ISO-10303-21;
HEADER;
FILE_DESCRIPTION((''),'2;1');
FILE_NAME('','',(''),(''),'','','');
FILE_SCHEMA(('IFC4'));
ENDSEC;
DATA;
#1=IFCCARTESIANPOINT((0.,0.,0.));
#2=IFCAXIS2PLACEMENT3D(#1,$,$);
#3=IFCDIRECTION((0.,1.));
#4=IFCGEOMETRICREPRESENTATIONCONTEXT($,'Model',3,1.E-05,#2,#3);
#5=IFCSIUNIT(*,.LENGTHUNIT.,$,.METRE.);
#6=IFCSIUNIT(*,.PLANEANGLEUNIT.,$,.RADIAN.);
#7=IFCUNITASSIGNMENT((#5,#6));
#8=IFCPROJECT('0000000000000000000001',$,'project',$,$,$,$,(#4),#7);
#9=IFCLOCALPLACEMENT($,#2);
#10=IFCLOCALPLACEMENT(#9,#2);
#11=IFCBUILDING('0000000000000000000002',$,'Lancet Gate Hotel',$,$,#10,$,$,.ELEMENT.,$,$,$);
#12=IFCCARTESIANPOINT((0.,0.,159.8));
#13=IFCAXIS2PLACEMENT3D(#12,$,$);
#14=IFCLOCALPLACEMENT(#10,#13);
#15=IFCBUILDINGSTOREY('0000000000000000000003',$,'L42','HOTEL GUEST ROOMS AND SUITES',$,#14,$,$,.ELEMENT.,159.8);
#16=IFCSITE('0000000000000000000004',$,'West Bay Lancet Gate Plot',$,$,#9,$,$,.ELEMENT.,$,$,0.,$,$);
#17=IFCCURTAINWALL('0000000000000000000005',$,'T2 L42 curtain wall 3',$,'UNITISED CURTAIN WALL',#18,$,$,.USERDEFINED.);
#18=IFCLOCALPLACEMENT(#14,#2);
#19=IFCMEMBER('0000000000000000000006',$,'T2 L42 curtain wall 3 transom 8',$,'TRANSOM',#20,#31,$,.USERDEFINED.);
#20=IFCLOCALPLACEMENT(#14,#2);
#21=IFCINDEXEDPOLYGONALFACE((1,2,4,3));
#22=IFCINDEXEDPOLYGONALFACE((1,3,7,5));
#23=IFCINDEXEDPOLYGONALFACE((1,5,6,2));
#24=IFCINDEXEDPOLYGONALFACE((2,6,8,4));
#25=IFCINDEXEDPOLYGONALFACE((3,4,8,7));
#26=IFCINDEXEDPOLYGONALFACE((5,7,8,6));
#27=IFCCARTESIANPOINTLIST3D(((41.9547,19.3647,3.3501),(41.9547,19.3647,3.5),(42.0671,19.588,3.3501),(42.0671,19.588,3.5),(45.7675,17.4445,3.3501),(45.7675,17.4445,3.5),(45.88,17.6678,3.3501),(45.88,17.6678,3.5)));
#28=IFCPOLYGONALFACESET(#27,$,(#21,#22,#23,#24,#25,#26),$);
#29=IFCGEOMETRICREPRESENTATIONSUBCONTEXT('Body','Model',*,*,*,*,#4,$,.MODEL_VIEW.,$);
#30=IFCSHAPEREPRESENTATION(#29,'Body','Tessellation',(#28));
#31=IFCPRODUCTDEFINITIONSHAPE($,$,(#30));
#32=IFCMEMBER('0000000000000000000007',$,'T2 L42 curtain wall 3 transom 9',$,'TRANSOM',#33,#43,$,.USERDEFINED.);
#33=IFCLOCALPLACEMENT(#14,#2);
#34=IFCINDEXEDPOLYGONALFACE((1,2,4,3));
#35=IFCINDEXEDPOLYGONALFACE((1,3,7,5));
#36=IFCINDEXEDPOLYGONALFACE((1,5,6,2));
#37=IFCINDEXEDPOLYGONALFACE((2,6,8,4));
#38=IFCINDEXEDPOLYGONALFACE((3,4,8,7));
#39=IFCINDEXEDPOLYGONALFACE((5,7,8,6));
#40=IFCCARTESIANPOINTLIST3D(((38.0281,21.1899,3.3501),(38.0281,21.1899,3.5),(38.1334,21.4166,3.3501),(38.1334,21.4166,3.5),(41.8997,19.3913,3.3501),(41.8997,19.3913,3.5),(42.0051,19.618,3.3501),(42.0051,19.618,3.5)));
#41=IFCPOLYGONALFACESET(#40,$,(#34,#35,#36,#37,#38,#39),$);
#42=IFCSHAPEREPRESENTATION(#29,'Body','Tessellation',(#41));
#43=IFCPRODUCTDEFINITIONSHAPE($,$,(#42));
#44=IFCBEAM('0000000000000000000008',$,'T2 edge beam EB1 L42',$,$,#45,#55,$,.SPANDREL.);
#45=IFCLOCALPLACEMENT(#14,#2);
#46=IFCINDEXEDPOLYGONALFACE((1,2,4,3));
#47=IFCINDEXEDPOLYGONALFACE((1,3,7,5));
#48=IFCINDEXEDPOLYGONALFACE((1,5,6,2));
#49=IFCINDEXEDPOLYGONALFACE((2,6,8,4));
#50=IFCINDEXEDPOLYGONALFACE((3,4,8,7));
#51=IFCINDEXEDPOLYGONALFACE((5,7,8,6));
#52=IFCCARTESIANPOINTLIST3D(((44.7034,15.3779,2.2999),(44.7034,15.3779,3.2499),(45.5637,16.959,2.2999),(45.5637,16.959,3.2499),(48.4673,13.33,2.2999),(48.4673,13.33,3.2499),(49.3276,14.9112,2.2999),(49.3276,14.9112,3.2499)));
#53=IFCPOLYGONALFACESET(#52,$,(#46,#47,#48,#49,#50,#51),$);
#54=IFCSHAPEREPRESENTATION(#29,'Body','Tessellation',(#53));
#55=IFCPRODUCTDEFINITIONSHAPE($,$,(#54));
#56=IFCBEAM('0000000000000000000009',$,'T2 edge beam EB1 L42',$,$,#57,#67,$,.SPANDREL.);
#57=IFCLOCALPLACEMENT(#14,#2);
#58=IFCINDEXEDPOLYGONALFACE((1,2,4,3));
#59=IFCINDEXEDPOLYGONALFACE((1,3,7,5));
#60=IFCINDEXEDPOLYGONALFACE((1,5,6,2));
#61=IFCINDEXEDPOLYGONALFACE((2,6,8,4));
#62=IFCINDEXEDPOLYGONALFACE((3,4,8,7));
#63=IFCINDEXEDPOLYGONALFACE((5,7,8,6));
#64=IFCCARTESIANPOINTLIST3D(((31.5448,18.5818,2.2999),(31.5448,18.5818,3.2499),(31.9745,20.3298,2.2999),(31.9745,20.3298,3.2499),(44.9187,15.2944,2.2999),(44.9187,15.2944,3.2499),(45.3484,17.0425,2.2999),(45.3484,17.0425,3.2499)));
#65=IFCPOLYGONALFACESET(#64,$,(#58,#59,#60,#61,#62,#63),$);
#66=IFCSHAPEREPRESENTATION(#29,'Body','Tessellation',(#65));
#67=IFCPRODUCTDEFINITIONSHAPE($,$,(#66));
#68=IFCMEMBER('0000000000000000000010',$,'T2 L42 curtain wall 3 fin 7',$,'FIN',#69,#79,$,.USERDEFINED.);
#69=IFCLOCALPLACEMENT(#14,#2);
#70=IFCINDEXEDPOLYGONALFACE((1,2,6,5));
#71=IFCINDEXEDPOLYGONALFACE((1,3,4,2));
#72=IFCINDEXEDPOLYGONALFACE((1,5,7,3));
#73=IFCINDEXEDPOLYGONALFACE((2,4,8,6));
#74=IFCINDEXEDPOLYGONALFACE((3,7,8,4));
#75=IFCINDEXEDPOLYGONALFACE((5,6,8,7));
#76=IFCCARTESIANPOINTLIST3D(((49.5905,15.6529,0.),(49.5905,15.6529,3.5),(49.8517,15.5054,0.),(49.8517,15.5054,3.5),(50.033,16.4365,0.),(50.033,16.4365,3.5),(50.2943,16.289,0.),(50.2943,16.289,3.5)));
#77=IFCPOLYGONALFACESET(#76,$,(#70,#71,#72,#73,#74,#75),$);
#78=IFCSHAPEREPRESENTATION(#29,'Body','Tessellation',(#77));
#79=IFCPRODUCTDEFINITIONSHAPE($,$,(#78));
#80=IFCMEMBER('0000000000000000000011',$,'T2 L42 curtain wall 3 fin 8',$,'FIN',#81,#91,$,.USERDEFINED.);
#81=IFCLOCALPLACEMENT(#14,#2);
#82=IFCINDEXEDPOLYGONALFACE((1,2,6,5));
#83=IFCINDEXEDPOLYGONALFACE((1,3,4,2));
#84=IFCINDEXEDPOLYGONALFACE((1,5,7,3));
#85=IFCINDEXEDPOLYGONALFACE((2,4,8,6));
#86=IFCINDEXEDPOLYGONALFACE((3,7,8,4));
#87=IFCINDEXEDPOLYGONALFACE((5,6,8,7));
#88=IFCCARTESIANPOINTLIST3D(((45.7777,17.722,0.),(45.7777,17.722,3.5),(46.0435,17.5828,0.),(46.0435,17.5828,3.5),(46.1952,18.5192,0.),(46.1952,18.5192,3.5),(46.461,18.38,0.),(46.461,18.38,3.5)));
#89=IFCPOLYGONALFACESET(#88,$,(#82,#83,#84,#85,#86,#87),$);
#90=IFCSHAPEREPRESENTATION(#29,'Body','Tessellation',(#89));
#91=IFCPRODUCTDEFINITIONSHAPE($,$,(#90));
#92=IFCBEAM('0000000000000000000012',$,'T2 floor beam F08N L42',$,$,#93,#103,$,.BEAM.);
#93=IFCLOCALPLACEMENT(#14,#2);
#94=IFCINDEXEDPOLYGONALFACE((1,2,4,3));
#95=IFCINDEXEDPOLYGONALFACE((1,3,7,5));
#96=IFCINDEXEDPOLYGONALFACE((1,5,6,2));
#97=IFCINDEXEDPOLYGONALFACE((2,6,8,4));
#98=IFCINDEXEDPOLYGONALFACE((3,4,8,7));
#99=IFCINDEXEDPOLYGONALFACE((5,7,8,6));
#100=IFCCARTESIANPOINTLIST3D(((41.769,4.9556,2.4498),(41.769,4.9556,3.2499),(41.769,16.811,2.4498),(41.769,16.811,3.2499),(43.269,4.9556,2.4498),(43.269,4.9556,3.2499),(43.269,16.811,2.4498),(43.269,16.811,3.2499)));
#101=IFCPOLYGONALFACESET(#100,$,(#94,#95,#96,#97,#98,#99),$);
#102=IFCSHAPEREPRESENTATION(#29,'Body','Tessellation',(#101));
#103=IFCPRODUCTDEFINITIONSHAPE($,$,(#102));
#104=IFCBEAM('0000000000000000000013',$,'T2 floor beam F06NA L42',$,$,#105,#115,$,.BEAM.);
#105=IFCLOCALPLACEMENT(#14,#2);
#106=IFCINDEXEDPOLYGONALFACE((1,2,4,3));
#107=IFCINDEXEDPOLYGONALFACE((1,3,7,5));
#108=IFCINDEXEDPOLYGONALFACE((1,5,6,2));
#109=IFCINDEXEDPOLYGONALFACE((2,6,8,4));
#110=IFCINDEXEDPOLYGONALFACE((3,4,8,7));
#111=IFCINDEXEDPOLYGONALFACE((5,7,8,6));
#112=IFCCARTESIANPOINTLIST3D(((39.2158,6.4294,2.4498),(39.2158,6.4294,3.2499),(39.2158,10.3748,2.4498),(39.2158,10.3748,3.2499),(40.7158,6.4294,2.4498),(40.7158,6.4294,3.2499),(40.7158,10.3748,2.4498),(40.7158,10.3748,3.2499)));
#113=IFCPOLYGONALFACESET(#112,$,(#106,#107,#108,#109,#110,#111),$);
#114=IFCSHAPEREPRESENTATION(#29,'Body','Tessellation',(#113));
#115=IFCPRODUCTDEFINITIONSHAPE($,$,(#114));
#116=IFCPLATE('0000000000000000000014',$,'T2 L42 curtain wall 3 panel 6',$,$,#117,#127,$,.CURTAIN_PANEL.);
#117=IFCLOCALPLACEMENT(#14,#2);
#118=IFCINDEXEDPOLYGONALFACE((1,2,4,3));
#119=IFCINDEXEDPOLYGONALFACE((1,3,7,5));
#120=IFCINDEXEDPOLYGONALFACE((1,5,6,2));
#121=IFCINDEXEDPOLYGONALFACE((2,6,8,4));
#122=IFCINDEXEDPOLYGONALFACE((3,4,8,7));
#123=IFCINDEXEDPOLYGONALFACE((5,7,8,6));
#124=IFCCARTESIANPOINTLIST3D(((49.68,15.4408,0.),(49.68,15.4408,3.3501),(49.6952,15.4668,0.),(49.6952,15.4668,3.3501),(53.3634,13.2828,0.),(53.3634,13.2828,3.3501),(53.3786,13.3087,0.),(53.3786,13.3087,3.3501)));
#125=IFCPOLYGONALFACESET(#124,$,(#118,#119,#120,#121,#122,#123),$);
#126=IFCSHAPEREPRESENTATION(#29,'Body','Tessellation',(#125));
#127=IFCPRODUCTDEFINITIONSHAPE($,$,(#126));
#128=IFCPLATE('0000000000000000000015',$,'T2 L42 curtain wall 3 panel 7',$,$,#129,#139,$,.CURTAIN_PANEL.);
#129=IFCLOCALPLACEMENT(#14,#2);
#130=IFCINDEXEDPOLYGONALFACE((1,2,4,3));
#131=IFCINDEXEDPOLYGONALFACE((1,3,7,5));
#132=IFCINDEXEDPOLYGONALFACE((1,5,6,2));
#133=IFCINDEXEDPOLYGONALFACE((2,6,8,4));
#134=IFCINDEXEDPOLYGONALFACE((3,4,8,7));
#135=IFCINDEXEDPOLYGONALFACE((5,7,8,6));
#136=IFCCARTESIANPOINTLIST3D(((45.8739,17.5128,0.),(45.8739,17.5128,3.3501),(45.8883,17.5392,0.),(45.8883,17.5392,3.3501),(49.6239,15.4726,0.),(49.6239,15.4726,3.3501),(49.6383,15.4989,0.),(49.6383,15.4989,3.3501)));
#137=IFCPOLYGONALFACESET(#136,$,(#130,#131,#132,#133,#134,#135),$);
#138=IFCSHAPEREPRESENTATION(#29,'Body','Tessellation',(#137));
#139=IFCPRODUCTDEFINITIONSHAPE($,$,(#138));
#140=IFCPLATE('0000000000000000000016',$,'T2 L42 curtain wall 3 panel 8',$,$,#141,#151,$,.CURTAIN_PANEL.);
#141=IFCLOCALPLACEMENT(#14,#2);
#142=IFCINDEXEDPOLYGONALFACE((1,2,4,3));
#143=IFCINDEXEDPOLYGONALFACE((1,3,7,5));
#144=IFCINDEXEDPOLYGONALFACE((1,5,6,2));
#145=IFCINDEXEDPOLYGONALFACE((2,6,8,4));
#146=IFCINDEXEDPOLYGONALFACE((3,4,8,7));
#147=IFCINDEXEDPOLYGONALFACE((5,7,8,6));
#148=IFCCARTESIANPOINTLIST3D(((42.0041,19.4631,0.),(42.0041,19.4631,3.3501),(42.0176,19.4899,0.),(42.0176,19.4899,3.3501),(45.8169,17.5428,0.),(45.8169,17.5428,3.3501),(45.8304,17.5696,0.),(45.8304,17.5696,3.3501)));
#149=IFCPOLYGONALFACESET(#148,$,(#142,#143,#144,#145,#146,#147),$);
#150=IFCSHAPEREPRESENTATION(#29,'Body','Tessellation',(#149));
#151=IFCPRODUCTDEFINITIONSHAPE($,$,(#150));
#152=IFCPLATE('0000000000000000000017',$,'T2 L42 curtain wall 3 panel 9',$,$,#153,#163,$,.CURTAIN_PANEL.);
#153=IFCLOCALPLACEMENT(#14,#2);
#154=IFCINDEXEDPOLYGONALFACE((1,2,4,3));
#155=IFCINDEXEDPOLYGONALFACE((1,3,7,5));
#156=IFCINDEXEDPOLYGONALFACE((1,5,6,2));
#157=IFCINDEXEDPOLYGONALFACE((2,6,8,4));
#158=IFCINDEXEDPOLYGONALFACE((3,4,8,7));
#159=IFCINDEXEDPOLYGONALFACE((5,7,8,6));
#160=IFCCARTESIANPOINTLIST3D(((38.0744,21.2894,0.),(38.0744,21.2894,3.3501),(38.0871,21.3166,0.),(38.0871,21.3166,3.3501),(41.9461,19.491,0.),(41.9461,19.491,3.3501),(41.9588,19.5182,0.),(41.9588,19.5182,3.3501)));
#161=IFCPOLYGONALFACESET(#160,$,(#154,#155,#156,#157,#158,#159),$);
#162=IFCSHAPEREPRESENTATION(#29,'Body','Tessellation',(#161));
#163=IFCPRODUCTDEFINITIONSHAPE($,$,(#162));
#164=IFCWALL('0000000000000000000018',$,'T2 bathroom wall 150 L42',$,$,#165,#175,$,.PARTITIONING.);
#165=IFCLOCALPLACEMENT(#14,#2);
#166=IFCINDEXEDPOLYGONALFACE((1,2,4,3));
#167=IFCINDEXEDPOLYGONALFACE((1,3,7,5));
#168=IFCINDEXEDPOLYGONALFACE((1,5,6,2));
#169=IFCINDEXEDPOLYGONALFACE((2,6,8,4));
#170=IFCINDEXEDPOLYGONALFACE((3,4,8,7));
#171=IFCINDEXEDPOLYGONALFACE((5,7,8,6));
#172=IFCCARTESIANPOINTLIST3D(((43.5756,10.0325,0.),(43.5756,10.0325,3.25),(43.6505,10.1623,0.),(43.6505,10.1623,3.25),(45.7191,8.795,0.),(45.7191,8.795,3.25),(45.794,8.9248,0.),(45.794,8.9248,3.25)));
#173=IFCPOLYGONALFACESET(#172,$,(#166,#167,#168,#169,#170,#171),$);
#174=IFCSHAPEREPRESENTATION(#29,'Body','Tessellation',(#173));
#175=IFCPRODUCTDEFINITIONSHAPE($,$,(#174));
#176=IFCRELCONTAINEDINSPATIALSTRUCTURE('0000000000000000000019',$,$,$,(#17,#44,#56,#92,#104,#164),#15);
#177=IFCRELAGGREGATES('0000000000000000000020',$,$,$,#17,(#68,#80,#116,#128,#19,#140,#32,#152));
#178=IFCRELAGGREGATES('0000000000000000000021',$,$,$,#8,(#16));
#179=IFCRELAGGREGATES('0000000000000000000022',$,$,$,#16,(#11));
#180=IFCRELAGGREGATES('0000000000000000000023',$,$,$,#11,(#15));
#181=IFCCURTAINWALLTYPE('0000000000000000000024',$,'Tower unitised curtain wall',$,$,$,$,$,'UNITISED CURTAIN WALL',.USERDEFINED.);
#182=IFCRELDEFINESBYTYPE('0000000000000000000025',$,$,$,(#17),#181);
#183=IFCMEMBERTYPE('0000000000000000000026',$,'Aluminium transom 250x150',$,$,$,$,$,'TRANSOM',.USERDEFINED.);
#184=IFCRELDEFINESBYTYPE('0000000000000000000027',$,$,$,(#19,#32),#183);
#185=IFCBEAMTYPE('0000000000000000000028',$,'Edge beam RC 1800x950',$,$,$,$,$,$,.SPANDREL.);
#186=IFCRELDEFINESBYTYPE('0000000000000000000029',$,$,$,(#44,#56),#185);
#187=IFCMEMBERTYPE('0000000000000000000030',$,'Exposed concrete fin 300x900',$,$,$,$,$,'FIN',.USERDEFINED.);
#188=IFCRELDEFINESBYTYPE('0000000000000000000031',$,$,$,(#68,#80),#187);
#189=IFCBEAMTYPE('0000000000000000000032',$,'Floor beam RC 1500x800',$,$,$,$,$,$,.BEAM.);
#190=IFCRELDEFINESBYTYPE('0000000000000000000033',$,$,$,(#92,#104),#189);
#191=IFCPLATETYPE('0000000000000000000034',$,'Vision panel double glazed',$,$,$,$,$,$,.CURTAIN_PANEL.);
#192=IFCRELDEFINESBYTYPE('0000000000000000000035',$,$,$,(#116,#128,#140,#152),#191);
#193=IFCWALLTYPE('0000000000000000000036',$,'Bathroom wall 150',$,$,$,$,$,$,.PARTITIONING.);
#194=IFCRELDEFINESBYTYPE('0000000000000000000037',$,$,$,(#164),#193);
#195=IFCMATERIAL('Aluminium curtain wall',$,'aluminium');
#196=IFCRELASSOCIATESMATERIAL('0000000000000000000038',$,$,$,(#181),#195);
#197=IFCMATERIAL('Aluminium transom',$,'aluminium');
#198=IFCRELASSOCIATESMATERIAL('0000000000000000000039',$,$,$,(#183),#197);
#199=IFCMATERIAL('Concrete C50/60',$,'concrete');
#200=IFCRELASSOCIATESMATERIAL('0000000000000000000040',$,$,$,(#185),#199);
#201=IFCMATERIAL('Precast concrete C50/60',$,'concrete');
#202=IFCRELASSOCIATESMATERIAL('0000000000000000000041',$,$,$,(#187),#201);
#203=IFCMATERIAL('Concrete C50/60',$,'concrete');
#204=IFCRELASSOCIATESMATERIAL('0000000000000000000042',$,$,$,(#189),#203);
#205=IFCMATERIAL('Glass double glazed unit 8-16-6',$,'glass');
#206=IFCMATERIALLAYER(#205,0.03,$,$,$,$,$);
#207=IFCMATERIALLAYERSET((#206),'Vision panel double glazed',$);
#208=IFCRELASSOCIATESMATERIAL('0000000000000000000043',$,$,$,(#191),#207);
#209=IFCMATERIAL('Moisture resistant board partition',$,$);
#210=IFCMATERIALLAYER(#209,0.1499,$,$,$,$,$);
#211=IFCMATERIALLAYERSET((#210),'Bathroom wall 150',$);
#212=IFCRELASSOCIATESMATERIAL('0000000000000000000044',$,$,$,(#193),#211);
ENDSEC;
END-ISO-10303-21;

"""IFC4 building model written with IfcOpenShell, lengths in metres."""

from ifc_helpers import new_model, si_unit, direction, frame, frame_2d, origin, origin_2d, place, context, subcontext, project, spatial, rectangle, extrude, material, layer, layer_set, material_profile, profile_set, type_object, element, aggregate, save


model = new_model("IFC4")

# Units and contexts
model_context = context("Model", 3, precision=1e-05, world=origin(), true_north=direction((0.0, 1.0)))
body_context = subcontext(model_context, "Body", "Model", "MODEL_VIEW")
ifc_project = project(units=[si_unit("LENGTHUNIT", "METRE"), si_unit("PLANEANGLEUNIT", "RADIAN")], contexts=[model_context])

# Site, building, storey
site_placement = place(None, origin())
site = spatial("IfcSite", under=ifc_project, at=site_placement, Name="West Bay Lancet Gate Plot", CompositionType="ELEMENT", RefElevation=0.0)
building_placement = place(site_placement, origin())
building = spatial("IfcBuilding", under=site, at=building_placement, Name="Lancet Gate Hotel", CompositionType="ELEMENT")
storey_placement = place(building_placement, frame((0.0, 0.0, 159.8)))
storey = spatial("IfcBuildingStorey", under=building, at=storey_placement, Name="L42", Description="HOTEL GUEST ROOMS AND SUITES", CompositionType="ELEMENT", Elevation=159.8)

# Curtain wall, members
ifc_material_1 = material(Name="Aluminium curtain wall", Category="aluminium")
curtain_wall_type = type_object("IfcCurtainWallType", Name="Tower unitised curtain wall", ElementType="UNITISED CURTAIN WALL", PredefinedType="USERDEFINED", material=ifc_material_1)
curtain_wall_placement = place(storey_placement, origin())
curtain_wall = element("IfcCurtainWall", 1, at=curtain_wall_placement, inside=storey, type_object=curtain_wall_type, Name="T2 L42 curtain wall 3", ObjectType="UNITISED CURTAIN WALL", PredefinedType="USERDEFINED")
ifc_material_2 = material(Name="Aluminium transom", Category="aluminium")
ifc_material_profile_1 = material_profile(ifc_material_2, rectangle(XDim=0.25, YDim=0.1499, at=origin_2d()), Name="TRANSOM 250x150")
ifc_profile_set_1 = profile_set([ifc_material_profile_1], Name="Aluminium transom")
member_type_1 = type_object("IfcMemberType", Name="Aluminium transom 250x150", ElementType="TRANSOM", PredefinedType="USERDEFINED", material=ifc_profile_set_1)
member_1_placement = place(storey_placement, frame((45.8237, 17.5562, 3.425), z_axis=(-0.893131, 0.449797, 0.0), x_axis=(-0.449797, -0.893131, 0.0)))
member_1 = element("IfcMember", 2, at=member_1_placement, type_object=member_type_1, Name="T2 L42 curtain wall 3 transom 8", ObjectType="TRANSOM", PredefinedType="USERDEFINED", context=body_context, shape_type="SweptSolid", body=[
    extrude(rectangle(XDim=0.25, YDim=0.1499, at=origin_2d()), origin(), (0.0, 0.0, 1.0), 4.269),
])
member_2_placement = place(storey_placement, frame((41.9524, 19.5046, 3.425), z_axis=(-0.906914, 0.421316, 0.0), x_axis=(-0.421316, -0.906914, 0.0)))
member_2 = element("IfcMember", 3, at=member_2_placement, type_object=member_type_1, Name="T2 L42 curtain wall 3 transom 9", ObjectType="TRANSOM", PredefinedType="USERDEFINED", context=body_context, shape_type="SweptSolid", body=[
    extrude(rectangle(XDim=0.25, YDim=0.1499, at=origin_2d()), origin(), (0.0, 0.0, 1.0), 4.269),
])

# Beams
ifc_material_3 = material(Name="Concrete C50/60", Category="concrete")
ifc_material_profile_2 = material_profile(ifc_material_3, rectangle(XDim=1.8, YDim=0.95, at=origin_2d()), Name="RC 1800x950")
ifc_profile_set_2 = profile_set([ifc_material_profile_2], Name="Concrete C50/60")
beam_type_1 = type_object("IfcBeamType", Name="Edge beam RC 1800x950", PredefinedType="SPANDREL", material=ifc_profile_set_2)
beam_1_placement = place(storey_placement, frame((48.8975, 14.1206, 2.7749), z_axis=(-0.878405, 0.477918, 0.0), x_axis=(-0.477918, -0.878405, 0.0)))
element("IfcBeam", 4, at=beam_1_placement, inside=storey, type_object=beam_type_1, Name="T2 edge beam EB1 L42", PredefinedType="SPANDREL", context=body_context, shape_type="SweptSolid", body=[
    extrude(rectangle(XDim=1.8, YDim=0.95, at=origin_2d()), origin(), (0.0, 0.0, 1.0), 4.2849),
])
beam_2_placement = place(storey_placement, frame((45.1335, 16.1685, 2.7749), z_axis=(-0.971093, 0.2387, 0.0), x_axis=(-0.2387, -0.971093, 0.0)))
element("IfcBeam", 5, at=beam_2_placement, inside=storey, type_object=beam_type_1, Name="T2 edge beam EB1 L42", PredefinedType="SPANDREL", context=body_context, shape_type="SweptSolid", body=[
    extrude(rectangle(XDim=1.8, YDim=0.95, at=origin_2d()), origin(), (0.0, 0.0, 1.0), 13.772),
])

# Members
ifc_material_4 = material(Name="Precast concrete C50/60", Category="concrete")
ifc_material_profile_3 = material_profile(ifc_material_4, rectangle(XDim=0.3, YDim=0.8999, at=origin_2d()), Name="FIN 300x900")
ifc_profile_set_3 = profile_set([ifc_material_profile_3], Name="Precast concrete C50/60")
member_type_2 = type_object("IfcMemberType", Name="Exposed concrete fin 300x900", ElementType="FIN", PredefinedType="USERDEFINED", material=ifc_profile_set_3)
member_3_placement = place(storey_placement, frame((49.9424, 15.9709, 0.0), z_axis=(0.0, 0.0, 1.0), x_axis=(-0.870722, 0.491776, 0.0)))
member_3 = element("IfcMember", 6, at=member_3_placement, type_object=member_type_2, Name="T2 L42 curtain wall 3 fin 7", ObjectType="FIN", PredefinedType="USERDEFINED", context=body_context, shape_type="SweptSolid", body=[
    extrude(rectangle(XDim=0.3, YDim=0.8999, at=origin_2d()), origin(), (0.0, 0.0, 1.0), 3.5),
])
member_4_placement = place(storey_placement, frame((46.1194, 18.051, 0.0), z_axis=(0.0, 0.0, 1.0), x_axis=(-0.885877, 0.46392, 0.0)))
member_4 = element("IfcMember", 7, at=member_4_placement, type_object=member_type_2, Name="T2 L42 curtain wall 3 fin 8", ObjectType="FIN", PredefinedType="USERDEFINED", context=body_context, shape_type="SweptSolid", body=[
    extrude(rectangle(XDim=0.3, YDim=0.8999, at=origin_2d()), origin(), (0.0, 0.0, 1.0), 3.5),
])

# Beams
ifc_material_5 = material(Name="Concrete C50/60", Category="concrete")
ifc_material_profile_4 = material_profile(ifc_material_5, rectangle(XDim=1.5, YDim=0.8, at=origin_2d()), Name="RC 1500x800")
ifc_profile_set_4 = profile_set([ifc_material_profile_4], Name="Concrete C50/60")
beam_type_2 = type_object("IfcBeamType", Name="Floor beam RC 1500x800", PredefinedType="BEAM", material=ifc_profile_set_4)
beam_3_placement = place(storey_placement, frame((42.519, 4.9556, 2.8499), z_axis=(0.0, 1.0, 0.0), x_axis=(-1.0, 0.0, 0.0)))
element("IfcBeam", 8, at=beam_3_placement, inside=storey, type_object=beam_type_2, Name="T2 floor beam F08N L42", PredefinedType="BEAM", context=body_context, shape_type="SweptSolid", body=[
    extrude(rectangle(XDim=1.5, YDim=0.8, at=origin_2d()), origin(), (0.0, 0.0, 1.0), 11.8555),
])
beam_4_placement = place(storey_placement, frame((39.9658, 6.4294, 2.8499), z_axis=(0.0, 1.0, 0.0), x_axis=(-1.0, 0.0, 0.0)))
element("IfcBeam", 9, at=beam_4_placement, inside=storey, type_object=beam_type_2, Name="T2 floor beam F06NA L42", PredefinedType="BEAM", context=body_context, shape_type="SweptSolid", body=[
    extrude(rectangle(XDim=1.5, YDim=0.8, at=origin_2d()), origin(), (0.0, 0.0, 1.0), 3.9453),
])

# Plates
ifc_material_6 = material(Name="Glass double glazed unit 8-16-6", Category="glass")
ifc_layer_1 = layer(ifc_material_6, 0.03)
ifc_layer_set_1 = layer_set([ifc_layer_1], Name="Vision panel double glazed")
plate_type = type_object("IfcPlateType", Name="Vision panel double glazed", PredefinedType="CURTAIN_PANEL", material=ifc_layer_set_1)
plate_1_placement = place(storey_placement, frame((51.5293, 14.3748, 0.0), z_axis=(0.0, 0.0, 1.0), x_axis=(-0.862815, 0.50552, 0.0)))
plate_1 = element("IfcPlate", 10, at=plate_1_placement, type_object=plate_type, Name="T2 L42 curtain wall 3 panel 6", PredefinedType="CURTAIN_PANEL", context=body_context, shape_type="SweptSolid", body=[
    extrude(rectangle(XDim=4.269, YDim=0.03, at=origin_2d()), origin(), (0.0, 0.0, 1.0), 3.3501),
])
plate_2_placement = place(storey_placement, frame((47.7561, 16.5059, 0.0), z_axis=(0.0, 0.0, 1.0), x_axis=(-0.87841, 0.477908, 0.0)))
plate_2 = element("IfcPlate", 11, at=plate_2_placement, type_object=plate_type, Name="T2 L42 curtain wall 3 panel 7", PredefinedType="CURTAIN_PANEL", context=body_context, shape_type="SweptSolid", body=[
    extrude(rectangle(XDim=4.269, YDim=0.03, at=origin_2d()), origin(), (0.0, 0.0, 1.0), 3.3501),
])
plate_3_placement = place(storey_placement, frame((43.9172, 18.5164, 0.0), z_axis=(0.0, 0.0, 1.0), x_axis=(-0.893121, 0.449816, 0.0)))
plate_3 = element("IfcPlate", 12, at=plate_3_placement, type_object=plate_type, Name="T2 L42 curtain wall 3 panel 8", PredefinedType="CURTAIN_PANEL", context=body_context, shape_type="SweptSolid", body=[
    extrude(rectangle(XDim=4.269, YDim=0.03, at=origin_2d()), origin(), (0.0, 0.0, 1.0), 3.3501),
])
plate_4_placement = place(storey_placement, frame((40.0166, 20.4038, 0.0), z_axis=(0.0, 0.0, 1.0), x_axis=(-0.906935, 0.421271, 0.0)))
plate_4 = element("IfcPlate", 13, at=plate_4_placement, type_object=plate_type, Name="T2 L42 curtain wall 3 panel 9", PredefinedType="CURTAIN_PANEL", context=body_context, shape_type="SweptSolid", body=[
    extrude(rectangle(XDim=4.269, YDim=0.03, at=origin_2d()), origin(), (0.0, 0.0, 1.0), 3.3501),
])
aggregate(curtain_wall, [member_3, member_4, plate_1, plate_2, member_1, plate_3, member_2, plate_4])

# Wall
ifc_material_7 = material(Name="Moisture resistant board partition")
ifc_layer_2 = layer(ifc_material_7, 0.1499)
ifc_layer_set_2 = layer_set([ifc_layer_2], Name="Bathroom wall 150")
wall_type_1 = type_object("IfcWallType", Name="Bathroom wall 150", PredefinedType="PARTITIONING", material=ifc_layer_set_2)
wall_1_placement = place(storey_placement, frame((43.613, 10.0974, 0.0), z_axis=(0.0, 0.0, 1.0), x_axis=(0.866031, -0.49999, 0.0)))
element("IfcWall", 14, at=wall_1_placement, inside=storey, type_object=wall_type_1, Name="T2 bathroom wall 150 L42", PredefinedType="PARTITIONING", context=body_context, shape_type="SweptSolid", body=[
    extrude(rectangle(XDim=2.4751, YDim=0.1499, at=frame_2d((1.2375, 0.0))), origin(), (0.0, 0.0, 1.0), 3.25),
])

save(model, "model.ifc")
